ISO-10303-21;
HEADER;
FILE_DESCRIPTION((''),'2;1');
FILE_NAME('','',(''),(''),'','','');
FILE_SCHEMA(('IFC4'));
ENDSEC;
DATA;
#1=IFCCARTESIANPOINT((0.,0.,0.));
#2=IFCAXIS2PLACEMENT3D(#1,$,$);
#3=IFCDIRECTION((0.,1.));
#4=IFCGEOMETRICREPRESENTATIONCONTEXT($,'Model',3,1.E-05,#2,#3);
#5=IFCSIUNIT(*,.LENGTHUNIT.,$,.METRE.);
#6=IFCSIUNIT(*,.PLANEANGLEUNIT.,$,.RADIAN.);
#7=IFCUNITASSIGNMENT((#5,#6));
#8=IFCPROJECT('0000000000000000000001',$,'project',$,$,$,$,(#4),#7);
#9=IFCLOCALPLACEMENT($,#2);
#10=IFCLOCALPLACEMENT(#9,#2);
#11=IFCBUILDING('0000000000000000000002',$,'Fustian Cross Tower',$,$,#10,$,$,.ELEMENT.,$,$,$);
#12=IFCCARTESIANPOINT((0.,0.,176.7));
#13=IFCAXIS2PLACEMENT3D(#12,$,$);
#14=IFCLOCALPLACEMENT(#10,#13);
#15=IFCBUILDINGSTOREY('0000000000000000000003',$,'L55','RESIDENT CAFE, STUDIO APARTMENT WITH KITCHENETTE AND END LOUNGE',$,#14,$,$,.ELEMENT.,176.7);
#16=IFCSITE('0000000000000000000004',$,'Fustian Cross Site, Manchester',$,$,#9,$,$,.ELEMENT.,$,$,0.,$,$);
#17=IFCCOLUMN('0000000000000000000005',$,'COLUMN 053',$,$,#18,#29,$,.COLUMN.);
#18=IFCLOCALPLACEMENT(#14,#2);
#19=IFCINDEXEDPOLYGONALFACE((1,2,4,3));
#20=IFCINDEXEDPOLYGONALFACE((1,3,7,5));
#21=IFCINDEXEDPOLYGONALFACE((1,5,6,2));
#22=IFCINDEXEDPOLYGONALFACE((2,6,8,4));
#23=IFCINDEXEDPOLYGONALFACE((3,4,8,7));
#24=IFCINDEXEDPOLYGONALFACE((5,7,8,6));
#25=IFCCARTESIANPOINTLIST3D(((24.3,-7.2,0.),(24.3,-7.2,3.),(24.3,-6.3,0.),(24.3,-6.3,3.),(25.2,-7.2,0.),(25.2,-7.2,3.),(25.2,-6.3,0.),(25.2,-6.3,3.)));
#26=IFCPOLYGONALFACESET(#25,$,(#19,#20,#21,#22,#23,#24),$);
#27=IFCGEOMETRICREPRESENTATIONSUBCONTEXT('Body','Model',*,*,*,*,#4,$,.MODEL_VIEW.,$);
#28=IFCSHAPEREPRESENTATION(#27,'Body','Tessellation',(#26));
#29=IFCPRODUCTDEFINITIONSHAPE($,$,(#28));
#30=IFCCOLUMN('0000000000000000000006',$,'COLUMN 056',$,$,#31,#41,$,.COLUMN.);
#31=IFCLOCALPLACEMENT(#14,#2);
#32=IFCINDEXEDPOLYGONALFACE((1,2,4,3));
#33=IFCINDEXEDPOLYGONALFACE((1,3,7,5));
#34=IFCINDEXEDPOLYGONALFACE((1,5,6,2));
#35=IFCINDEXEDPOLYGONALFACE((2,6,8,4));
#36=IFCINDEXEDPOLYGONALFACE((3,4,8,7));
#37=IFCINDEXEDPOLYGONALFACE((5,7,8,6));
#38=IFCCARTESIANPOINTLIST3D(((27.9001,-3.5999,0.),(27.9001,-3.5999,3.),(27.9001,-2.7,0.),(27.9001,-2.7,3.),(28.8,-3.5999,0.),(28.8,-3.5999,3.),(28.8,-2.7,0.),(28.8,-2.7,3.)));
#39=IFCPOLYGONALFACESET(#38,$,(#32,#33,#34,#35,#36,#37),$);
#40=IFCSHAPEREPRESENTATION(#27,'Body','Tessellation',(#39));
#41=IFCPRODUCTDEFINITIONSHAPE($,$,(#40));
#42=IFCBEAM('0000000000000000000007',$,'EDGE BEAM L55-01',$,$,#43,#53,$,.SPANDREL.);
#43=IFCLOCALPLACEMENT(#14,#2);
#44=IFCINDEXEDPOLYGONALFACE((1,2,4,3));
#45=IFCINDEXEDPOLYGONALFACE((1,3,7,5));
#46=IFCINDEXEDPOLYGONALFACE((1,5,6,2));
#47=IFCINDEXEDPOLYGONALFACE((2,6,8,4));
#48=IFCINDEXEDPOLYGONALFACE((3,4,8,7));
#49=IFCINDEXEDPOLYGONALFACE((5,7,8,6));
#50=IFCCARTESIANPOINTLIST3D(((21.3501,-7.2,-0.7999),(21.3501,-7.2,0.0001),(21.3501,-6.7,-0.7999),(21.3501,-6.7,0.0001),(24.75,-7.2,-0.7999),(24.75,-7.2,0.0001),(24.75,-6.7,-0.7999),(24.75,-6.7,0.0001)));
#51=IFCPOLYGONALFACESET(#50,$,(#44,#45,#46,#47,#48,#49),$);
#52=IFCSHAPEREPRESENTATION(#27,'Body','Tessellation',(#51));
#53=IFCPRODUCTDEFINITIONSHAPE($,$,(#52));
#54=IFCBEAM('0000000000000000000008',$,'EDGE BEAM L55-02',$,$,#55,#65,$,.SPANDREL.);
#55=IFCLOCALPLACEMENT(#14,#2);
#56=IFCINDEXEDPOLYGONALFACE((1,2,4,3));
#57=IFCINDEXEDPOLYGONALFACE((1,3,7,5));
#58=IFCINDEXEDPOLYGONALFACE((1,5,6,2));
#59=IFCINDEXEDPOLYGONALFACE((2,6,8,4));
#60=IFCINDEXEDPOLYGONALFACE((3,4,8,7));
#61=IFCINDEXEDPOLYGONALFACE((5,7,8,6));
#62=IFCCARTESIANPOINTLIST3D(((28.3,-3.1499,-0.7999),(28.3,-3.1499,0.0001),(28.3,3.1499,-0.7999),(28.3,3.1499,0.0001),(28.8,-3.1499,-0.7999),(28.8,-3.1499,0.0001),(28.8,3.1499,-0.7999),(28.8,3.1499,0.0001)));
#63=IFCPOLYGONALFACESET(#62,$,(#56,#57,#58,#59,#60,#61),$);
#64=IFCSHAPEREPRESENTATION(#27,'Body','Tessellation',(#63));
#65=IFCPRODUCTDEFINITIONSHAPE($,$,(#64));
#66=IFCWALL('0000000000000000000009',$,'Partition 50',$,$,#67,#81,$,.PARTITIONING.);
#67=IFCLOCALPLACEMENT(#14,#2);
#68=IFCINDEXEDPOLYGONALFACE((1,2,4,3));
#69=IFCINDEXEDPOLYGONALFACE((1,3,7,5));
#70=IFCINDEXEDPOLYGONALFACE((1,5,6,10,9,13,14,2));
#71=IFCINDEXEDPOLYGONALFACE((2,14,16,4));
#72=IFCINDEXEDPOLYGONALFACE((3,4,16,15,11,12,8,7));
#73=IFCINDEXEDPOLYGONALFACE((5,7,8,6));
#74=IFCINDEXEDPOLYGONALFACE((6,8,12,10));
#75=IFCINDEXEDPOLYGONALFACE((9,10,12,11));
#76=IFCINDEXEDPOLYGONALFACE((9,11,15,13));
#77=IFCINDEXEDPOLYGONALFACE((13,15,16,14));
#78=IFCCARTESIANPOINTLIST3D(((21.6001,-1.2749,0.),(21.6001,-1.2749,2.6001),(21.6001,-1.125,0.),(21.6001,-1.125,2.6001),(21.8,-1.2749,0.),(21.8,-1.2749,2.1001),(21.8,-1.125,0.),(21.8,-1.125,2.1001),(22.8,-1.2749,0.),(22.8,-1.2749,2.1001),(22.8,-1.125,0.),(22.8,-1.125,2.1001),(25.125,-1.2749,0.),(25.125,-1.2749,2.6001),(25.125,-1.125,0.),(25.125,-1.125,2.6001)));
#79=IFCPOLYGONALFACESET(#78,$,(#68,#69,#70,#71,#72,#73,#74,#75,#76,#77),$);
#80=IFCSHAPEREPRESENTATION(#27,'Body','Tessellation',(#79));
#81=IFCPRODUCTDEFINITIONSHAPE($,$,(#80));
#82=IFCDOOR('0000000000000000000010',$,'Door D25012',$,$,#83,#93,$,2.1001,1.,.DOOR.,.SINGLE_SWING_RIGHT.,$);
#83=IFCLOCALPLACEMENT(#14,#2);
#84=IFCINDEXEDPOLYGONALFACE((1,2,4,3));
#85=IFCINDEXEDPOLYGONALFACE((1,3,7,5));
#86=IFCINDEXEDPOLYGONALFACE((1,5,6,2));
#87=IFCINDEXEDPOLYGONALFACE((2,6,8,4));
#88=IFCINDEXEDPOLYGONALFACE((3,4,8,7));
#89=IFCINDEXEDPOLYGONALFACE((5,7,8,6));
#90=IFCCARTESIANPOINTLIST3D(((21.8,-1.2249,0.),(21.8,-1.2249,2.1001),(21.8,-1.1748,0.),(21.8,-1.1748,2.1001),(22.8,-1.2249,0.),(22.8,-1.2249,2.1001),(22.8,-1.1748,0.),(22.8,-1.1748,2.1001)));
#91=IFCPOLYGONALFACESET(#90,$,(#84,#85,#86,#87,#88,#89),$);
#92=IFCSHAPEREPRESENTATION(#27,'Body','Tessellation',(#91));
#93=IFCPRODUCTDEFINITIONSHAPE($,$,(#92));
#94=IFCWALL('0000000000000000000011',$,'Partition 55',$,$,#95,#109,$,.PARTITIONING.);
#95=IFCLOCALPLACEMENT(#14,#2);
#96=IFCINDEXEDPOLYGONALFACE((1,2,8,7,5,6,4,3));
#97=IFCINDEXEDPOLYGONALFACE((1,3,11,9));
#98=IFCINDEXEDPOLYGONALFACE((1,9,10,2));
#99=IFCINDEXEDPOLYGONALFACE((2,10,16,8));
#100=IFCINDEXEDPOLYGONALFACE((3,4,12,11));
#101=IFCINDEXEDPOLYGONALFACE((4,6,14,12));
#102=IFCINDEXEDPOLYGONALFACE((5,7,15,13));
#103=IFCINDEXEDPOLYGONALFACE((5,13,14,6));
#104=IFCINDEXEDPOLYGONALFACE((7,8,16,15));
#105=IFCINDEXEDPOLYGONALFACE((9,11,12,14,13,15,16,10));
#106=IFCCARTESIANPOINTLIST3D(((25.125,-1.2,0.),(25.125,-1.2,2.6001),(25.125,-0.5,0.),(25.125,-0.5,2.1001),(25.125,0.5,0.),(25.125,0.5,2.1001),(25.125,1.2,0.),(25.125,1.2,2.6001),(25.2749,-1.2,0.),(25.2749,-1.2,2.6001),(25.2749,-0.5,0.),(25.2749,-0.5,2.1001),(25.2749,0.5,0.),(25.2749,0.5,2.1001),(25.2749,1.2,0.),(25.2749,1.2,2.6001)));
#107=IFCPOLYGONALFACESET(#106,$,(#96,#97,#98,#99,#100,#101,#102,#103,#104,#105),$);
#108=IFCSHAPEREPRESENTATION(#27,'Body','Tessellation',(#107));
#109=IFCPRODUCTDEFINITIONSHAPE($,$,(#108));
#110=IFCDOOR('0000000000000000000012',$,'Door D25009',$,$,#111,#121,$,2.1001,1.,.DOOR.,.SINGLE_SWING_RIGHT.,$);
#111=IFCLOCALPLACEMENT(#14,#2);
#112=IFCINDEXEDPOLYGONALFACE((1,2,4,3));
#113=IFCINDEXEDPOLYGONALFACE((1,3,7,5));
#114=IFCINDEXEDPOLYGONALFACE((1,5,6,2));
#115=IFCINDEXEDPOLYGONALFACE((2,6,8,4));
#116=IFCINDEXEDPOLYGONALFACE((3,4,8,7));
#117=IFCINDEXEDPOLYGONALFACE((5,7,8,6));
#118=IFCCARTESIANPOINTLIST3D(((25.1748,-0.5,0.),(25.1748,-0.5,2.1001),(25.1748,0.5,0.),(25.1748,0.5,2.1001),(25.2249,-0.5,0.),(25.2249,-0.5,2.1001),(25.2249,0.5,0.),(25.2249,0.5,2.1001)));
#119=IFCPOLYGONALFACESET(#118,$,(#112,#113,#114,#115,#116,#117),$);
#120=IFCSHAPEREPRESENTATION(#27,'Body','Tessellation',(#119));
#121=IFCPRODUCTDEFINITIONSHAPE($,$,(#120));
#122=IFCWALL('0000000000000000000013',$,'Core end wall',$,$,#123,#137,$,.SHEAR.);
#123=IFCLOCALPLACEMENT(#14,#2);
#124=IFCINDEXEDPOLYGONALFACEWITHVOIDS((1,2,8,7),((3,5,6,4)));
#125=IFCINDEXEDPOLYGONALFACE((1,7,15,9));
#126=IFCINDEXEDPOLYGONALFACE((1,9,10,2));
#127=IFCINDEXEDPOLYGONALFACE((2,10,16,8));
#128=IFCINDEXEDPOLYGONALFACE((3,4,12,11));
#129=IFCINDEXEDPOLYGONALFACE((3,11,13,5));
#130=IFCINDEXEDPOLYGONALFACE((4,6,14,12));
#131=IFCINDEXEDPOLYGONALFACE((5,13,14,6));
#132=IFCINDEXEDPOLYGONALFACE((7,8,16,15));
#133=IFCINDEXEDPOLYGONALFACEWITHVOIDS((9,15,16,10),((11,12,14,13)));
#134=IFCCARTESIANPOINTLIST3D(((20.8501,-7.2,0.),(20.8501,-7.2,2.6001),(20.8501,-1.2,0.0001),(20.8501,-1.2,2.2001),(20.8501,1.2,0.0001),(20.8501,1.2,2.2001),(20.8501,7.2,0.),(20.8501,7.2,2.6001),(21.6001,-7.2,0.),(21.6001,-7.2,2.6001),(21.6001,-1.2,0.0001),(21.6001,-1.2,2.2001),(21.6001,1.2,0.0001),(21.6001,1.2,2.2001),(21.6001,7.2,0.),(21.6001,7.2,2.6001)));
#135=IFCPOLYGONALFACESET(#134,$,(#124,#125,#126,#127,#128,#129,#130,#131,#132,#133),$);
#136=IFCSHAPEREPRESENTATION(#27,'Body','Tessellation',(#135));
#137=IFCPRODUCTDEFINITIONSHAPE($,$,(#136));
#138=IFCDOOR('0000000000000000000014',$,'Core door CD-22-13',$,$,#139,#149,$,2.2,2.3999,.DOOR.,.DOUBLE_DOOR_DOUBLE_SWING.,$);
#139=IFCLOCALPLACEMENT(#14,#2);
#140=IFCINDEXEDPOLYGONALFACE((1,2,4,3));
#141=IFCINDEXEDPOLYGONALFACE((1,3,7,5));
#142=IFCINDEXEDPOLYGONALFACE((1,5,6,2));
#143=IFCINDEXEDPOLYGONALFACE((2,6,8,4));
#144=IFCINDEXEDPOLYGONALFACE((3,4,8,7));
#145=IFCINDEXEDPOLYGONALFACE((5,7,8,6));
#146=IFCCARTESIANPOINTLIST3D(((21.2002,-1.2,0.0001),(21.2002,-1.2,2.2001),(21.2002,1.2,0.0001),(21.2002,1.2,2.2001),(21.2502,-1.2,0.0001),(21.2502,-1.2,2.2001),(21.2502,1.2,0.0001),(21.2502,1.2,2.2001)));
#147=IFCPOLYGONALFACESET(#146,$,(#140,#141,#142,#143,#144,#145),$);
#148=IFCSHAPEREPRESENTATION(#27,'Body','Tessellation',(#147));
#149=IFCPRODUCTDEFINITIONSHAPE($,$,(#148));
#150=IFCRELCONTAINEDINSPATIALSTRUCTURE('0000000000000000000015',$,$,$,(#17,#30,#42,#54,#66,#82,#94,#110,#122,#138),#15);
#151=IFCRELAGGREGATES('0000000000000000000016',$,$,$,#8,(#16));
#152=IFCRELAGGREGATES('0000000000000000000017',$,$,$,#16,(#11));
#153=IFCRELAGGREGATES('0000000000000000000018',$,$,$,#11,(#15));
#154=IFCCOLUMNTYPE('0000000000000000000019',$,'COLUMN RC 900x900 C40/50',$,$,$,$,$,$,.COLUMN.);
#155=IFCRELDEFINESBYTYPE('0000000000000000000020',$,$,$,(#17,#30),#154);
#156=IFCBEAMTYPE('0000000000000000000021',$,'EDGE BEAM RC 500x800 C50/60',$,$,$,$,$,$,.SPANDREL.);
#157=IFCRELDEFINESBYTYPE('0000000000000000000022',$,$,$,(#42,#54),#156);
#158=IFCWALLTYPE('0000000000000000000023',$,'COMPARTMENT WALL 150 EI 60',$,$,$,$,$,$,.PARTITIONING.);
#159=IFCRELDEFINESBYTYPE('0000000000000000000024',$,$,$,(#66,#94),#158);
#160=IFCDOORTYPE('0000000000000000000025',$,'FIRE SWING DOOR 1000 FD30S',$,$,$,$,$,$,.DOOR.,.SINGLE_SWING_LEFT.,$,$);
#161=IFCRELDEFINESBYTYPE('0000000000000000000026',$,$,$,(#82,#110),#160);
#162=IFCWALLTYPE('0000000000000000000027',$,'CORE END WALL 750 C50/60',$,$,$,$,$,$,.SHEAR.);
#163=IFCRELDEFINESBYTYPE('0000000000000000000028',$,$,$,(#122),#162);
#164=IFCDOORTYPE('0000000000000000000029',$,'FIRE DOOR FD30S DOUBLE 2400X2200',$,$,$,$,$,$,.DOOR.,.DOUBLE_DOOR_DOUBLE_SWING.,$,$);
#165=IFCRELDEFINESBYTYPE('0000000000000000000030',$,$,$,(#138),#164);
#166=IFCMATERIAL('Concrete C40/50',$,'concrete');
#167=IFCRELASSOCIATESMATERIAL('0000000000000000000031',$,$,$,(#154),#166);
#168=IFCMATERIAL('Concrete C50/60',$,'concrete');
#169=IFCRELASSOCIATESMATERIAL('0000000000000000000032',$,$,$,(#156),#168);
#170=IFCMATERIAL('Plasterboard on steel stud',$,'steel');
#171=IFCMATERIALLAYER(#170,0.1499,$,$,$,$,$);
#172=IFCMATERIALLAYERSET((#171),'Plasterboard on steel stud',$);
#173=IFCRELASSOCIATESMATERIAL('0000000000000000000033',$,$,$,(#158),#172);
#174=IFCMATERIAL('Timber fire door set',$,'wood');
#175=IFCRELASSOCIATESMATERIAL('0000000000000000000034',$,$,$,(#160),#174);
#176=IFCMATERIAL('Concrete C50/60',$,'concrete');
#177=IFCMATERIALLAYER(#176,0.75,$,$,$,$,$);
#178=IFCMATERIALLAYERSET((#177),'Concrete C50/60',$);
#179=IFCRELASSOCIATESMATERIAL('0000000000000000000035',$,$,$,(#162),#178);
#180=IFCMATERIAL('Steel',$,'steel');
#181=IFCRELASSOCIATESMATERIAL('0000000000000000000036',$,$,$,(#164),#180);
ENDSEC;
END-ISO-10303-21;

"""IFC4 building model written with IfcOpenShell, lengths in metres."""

from ifc_helpers import new_model, si_unit, direction, frame, frame_2d, origin, origin_2d, place, context, subcontext, project, spatial, rectangle, extrude, material, layer, layer_set, material_profile, profile_set, type_object, element, fill, save


model = new_model("IFC4")

# Units and contexts
model_context = context("Model", 3, precision=1e-05, world=origin(), true_north=direction((0.0, 1.0)))
body_context = subcontext(model_context, "Body", "Model", "MODEL_VIEW")
ifc_project = project(units=[si_unit("LENGTHUNIT", "METRE"), si_unit("PLANEANGLEUNIT", "RADIAN")], contexts=[model_context])

# Site, building, storey
site_placement = place(None, origin())
site = spatial("IfcSite", under=ifc_project, at=site_placement, Name="Fustian Cross Site, Manchester", CompositionType="ELEMENT", RefElevation=0.0)
building_placement = place(site_placement, origin())
building = spatial("IfcBuilding", under=site, at=building_placement, Name="Fustian Cross Tower", CompositionType="ELEMENT")
storey_placement = place(building_placement, frame((0.0, 0.0, 176.7)))
storey = spatial("IfcBuildingStorey", under=building, at=storey_placement, Name="L55", Description="RESIDENT CAFE, STUDIO APARTMENT WITH KITCHENETTE AND END LOUNGE", CompositionType="ELEMENT", Elevation=176.7)

# Columns
ifc_material_1 = material(Name="Concrete C40/50", Category="concrete")
ifc_material_profile_1 = material_profile(ifc_material_1, rectangle(XDim=0.8999, YDim=0.8999, at=origin_2d()), Name="RC 900x900")
ifc_profile_set_1 = profile_set([ifc_material_profile_1], Name="Concrete C40/50")
column_type = type_object("IfcColumnType", Name="COLUMN RC 900x900 C40/50", PredefinedType="COLUMN", material=ifc_profile_set_1)
for number, where, z_axis, x_axis, name in (
    (1, (24.75, -6.75, 0.0), (0.0, 0.0, 1.0), (1.0, 0.0, 0.0), "COLUMN 053"),
    (2, (28.3501, -3.1499, 0.0), (0.0, 0.0, 1.0), (1.0, 0.0, 0.0), "COLUMN 056"),
):
    element("IfcColumn", number, at=place(storey_placement, frame(where, z_axis=z_axis, x_axis=x_axis)), inside=storey, type_object=column_type, Name=name, PredefinedType="COLUMN", context=body_context, shape_type="SweptSolid", body=[
        extrude(rectangle(XDim=0.8999, YDim=0.8999, at=origin_2d()), origin(), (0.0, 0.0, 1.0), 3.0),
    ])

# Beams
ifc_material_2 = material(Name="Concrete C50/60", Category="concrete")
ifc_material_profile_2 = material_profile(ifc_material_2, rectangle(XDim=0.5, YDim=0.8, at=origin_2d()), Name="RC 500x800")
ifc_profile_set_2 = profile_set([ifc_material_profile_2], Name="Concrete C50/60")
beam_type = type_object("IfcBeamType", Name="EDGE BEAM RC 500x800 C50/60", PredefinedType="SPANDREL", material=ifc_profile_set_2)
beam_1_placement = place(storey_placement, frame((21.3501, -6.95, -0.3999), z_axis=(1.0, 0.0, 0.0), x_axis=(0.0, 1.0, 0.0)))
element("IfcBeam", 3, at=beam_1_placement, inside=storey, type_object=beam_type, Name="EDGE BEAM L55-01", PredefinedType="SPANDREL", context=body_context, shape_type="SweptSolid", body=[
    extrude(rectangle(XDim=0.5, YDim=0.8, at=origin_2d()), origin(), (0.0, 0.0, 1.0), 3.3999),
])
beam_2_placement = place(storey_placement, frame((28.55, -3.1499, -0.3999), z_axis=(0.0, 1.0, 0.0), x_axis=(-1.0, 0.0, 0.0)))
element("IfcBeam", 4, at=beam_2_placement, inside=storey, type_object=beam_type, Name="EDGE BEAM L55-02", PredefinedType="SPANDREL", context=body_context, shape_type="SweptSolid", body=[
    extrude(rectangle(XDim=0.5, YDim=0.8, at=origin_2d()), origin(), (0.0, 0.0, 1.0), 6.2998),
])

# Walls, openings, doors
ifc_material_3 = material(Name="Plasterboard on steel stud", Category="steel")
ifc_layer_1 = layer(ifc_material_3, 0.1499)
ifc_layer_set_1 = layer_set([ifc_layer_1], Name="Plasterboard on steel stud")
wall_type_1 = type_object("IfcWallType", Name="COMPARTMENT WALL 150 EI 60", PredefinedType="PARTITIONING", material=ifc_layer_set_1)
wall_1_placement = place(storey_placement, frame((21.6001, -1.2, 0.0), z_axis=(0.0, 0.0, 1.0), x_axis=(1.0, 0.0, 0.0)))
wall_1 = element("IfcWall", 5, at=wall_1_placement, inside=storey, type_object=wall_type_1, Name="Partition 50", PredefinedType="PARTITIONING", context=body_context, shape_type="SweptSolid", body=[
    extrude(rectangle(XDim=3.5249, YDim=0.1499, at=frame_2d((1.7625, 0.0))), origin(), (0.0, 0.0, 1.0), 2.6001),
])
opening_1_placement = place(wall_1_placement, frame((0.2, 0.0, 0.0)))
opening_1 = element("IfcOpeningElement", 6, at=opening_1_placement, cuts=wall_1, PredefinedType="OPENING", context=body_context, shape_type="SweptSolid", body=[
    extrude(rectangle(XDim=1.0, YDim=2.1001, at=frame_2d((0.5, 1.05))), frame((0.0, 0.085, 0.0), z_axis=(0.0, -1.0, 0.0), x_axis=(1.0, 0.0, 0.0)), (0.0, 0.0, 1.0), 0.1699),
])
ifc_material_4 = material(Name="Timber fire door set", Category="wood")
door_type_1 = type_object("IfcDoorType", Name="FIRE SWING DOOR 1000 FD30S", OperationType="SINGLE_SWING_LEFT", PredefinedType="DOOR", material=ifc_material_4)
door_1_placement = place(opening_1_placement, frame((1.0, 0.0, 0.0), z_axis=(0.0, 0.0, 1.0), x_axis=(-1.0, 0.0, 0.0)))
door_1 = element("IfcDoor", 7, at=door_1_placement, inside=storey, type_object=door_type_1, Name="Door D25012", OperationType="SINGLE_SWING_RIGHT", OverallHeight=2.1001, OverallWidth=1.0, PredefinedType="DOOR", context=body_context, shape_type="SweptSolid", body=[
    extrude(rectangle(XDim=1.0, YDim=2.1001, at=frame_2d((0.5, 1.05))), frame((0.0, 0.0249, 0.0), z_axis=(0.0, -1.0, 0.0), x_axis=(1.0, 0.0, 0.0)), (0.0, 0.0, 1.0), 0.05),
])
fill(opening_1, door_1)
wall_2_placement = place(storey_placement, frame((25.2, -1.2, 0.0), z_axis=(0.0, 0.0, 1.0), x_axis=(0.0, 1.0, 0.0)))
wall_2 = element("IfcWall", 8, at=wall_2_placement, inside=storey, type_object=wall_type_1, Name="Partition 55", PredefinedType="PARTITIONING", context=body_context, shape_type="SweptSolid", body=[
    extrude(rectangle(XDim=2.3999, YDim=0.1499, at=frame_2d((1.2, 0.0))), origin(), (0.0, 0.0, 1.0), 2.6001),
])
opening_2_placement = place(wall_2_placement, frame((0.7, 0.0, 0.0)))
opening_2 = element("IfcOpeningElement", 9, at=opening_2_placement, cuts=wall_2, PredefinedType="OPENING", context=body_context, shape_type="SweptSolid", body=[
    extrude(rectangle(XDim=1.0, YDim=2.1001, at=frame_2d((0.5, 1.05))), frame((0.0, 0.085, 0.0), z_axis=(0.0, -1.0, 0.0), x_axis=(1.0, 0.0, 0.0)), (0.0, 0.0, 1.0), 0.1699),
])
door_2_placement = place(opening_2_placement, frame((1.0, 0.0, 0.0), z_axis=(0.0, 0.0, 1.0), x_axis=(-1.0, 0.0, 0.0)))
door_2 = element("IfcDoor", 10, at=door_2_placement, inside=storey, type_object=door_type_1, Name="Door D25009", OperationType="SINGLE_SWING_RIGHT", OverallHeight=2.1001, OverallWidth=1.0, PredefinedType="DOOR", context=body_context, shape_type="SweptSolid", body=[
    extrude(rectangle(XDim=1.0, YDim=2.1001, at=frame_2d((0.5, 1.05))), frame((0.0, 0.0249, 0.0), z_axis=(0.0, -1.0, 0.0), x_axis=(1.0, 0.0, 0.0)), (0.0, 0.0, 1.0), 0.05),
])
fill(opening_2, door_2)
ifc_material_5 = material(Name="Concrete C50/60", Category="concrete")
ifc_layer_2 = layer(ifc_material_5, 0.75)
ifc_layer_set_2 = layer_set([ifc_layer_2], Name="Concrete C50/60")
wall_type_2 = type_object("IfcWallType", Name="CORE END WALL 750 C50/60", PredefinedType="SHEAR", material=ifc_layer_set_2)
wall_3_placement = place(storey_placement, frame((21.2251, -7.2, 0.0), z_axis=(0.0, 0.0, 1.0), x_axis=(0.0, 1.0, 0.0)))
wall_3 = element("IfcWall", 11, at=wall_3_placement, inside=storey, type_object=wall_type_2, Name="Core end wall", PredefinedType="SHEAR", context=body_context, shape_type="SweptSolid", body=[
    extrude(rectangle(XDim=14.3999, YDim=0.75, at=frame_2d((7.2, 0.0))), origin(), (0.0, 0.0, 1.0), 2.6001),
])
opening_3_placement = place(wall_3_placement, frame((6.0, 0.0, 0.0)))
opening_3 = element("IfcOpeningElement", 12, at=opening_3_placement, cuts=wall_3, PredefinedType="OPENING", context=body_context, shape_type="SweptSolid", body=[
    extrude(rectangle(XDim=2.3999, YDim=2.2, at=frame_2d((1.2, 1.1001))), frame((0.0, 0.385, 0.0), z_axis=(0.0, -1.0, 0.0), x_axis=(1.0, 0.0, 0.0)), (0.0, 0.0, 1.0), 0.77),
])
ifc_material_6 = material(Name="Steel", Category="steel")
door_type_2 = type_object("IfcDoorType", Name="FIRE DOOR FD30S DOUBLE 2400X2200", OperationType="DOUBLE_DOOR_DOUBLE_SWING", PredefinedType="DOOR", material=ifc_material_6)
door_3_placement = place(opening_3_placement, origin())
door_3 = element("IfcDoor", 13, at=door_3_placement, inside=storey, type_object=door_type_2, Name="Core door CD-22-13", OperationType="DOUBLE_DOOR_DOUBLE_SWING", OverallHeight=2.2, OverallWidth=2.3999, PredefinedType="DOOR", context=body_context, shape_type="SweptSolid", body=[
    extrude(rectangle(XDim=2.3999, YDim=2.2, at=frame_2d((1.2, 1.1001))), frame((0.0, 0.0249, 0.0), z_axis=(0.0, -1.0, 0.0), x_axis=(1.0, 0.0, 0.0)), (0.0, 0.0, 1.0), 0.05),
])
fill(opening_3, door_3)

save(model, "model.ifc")
